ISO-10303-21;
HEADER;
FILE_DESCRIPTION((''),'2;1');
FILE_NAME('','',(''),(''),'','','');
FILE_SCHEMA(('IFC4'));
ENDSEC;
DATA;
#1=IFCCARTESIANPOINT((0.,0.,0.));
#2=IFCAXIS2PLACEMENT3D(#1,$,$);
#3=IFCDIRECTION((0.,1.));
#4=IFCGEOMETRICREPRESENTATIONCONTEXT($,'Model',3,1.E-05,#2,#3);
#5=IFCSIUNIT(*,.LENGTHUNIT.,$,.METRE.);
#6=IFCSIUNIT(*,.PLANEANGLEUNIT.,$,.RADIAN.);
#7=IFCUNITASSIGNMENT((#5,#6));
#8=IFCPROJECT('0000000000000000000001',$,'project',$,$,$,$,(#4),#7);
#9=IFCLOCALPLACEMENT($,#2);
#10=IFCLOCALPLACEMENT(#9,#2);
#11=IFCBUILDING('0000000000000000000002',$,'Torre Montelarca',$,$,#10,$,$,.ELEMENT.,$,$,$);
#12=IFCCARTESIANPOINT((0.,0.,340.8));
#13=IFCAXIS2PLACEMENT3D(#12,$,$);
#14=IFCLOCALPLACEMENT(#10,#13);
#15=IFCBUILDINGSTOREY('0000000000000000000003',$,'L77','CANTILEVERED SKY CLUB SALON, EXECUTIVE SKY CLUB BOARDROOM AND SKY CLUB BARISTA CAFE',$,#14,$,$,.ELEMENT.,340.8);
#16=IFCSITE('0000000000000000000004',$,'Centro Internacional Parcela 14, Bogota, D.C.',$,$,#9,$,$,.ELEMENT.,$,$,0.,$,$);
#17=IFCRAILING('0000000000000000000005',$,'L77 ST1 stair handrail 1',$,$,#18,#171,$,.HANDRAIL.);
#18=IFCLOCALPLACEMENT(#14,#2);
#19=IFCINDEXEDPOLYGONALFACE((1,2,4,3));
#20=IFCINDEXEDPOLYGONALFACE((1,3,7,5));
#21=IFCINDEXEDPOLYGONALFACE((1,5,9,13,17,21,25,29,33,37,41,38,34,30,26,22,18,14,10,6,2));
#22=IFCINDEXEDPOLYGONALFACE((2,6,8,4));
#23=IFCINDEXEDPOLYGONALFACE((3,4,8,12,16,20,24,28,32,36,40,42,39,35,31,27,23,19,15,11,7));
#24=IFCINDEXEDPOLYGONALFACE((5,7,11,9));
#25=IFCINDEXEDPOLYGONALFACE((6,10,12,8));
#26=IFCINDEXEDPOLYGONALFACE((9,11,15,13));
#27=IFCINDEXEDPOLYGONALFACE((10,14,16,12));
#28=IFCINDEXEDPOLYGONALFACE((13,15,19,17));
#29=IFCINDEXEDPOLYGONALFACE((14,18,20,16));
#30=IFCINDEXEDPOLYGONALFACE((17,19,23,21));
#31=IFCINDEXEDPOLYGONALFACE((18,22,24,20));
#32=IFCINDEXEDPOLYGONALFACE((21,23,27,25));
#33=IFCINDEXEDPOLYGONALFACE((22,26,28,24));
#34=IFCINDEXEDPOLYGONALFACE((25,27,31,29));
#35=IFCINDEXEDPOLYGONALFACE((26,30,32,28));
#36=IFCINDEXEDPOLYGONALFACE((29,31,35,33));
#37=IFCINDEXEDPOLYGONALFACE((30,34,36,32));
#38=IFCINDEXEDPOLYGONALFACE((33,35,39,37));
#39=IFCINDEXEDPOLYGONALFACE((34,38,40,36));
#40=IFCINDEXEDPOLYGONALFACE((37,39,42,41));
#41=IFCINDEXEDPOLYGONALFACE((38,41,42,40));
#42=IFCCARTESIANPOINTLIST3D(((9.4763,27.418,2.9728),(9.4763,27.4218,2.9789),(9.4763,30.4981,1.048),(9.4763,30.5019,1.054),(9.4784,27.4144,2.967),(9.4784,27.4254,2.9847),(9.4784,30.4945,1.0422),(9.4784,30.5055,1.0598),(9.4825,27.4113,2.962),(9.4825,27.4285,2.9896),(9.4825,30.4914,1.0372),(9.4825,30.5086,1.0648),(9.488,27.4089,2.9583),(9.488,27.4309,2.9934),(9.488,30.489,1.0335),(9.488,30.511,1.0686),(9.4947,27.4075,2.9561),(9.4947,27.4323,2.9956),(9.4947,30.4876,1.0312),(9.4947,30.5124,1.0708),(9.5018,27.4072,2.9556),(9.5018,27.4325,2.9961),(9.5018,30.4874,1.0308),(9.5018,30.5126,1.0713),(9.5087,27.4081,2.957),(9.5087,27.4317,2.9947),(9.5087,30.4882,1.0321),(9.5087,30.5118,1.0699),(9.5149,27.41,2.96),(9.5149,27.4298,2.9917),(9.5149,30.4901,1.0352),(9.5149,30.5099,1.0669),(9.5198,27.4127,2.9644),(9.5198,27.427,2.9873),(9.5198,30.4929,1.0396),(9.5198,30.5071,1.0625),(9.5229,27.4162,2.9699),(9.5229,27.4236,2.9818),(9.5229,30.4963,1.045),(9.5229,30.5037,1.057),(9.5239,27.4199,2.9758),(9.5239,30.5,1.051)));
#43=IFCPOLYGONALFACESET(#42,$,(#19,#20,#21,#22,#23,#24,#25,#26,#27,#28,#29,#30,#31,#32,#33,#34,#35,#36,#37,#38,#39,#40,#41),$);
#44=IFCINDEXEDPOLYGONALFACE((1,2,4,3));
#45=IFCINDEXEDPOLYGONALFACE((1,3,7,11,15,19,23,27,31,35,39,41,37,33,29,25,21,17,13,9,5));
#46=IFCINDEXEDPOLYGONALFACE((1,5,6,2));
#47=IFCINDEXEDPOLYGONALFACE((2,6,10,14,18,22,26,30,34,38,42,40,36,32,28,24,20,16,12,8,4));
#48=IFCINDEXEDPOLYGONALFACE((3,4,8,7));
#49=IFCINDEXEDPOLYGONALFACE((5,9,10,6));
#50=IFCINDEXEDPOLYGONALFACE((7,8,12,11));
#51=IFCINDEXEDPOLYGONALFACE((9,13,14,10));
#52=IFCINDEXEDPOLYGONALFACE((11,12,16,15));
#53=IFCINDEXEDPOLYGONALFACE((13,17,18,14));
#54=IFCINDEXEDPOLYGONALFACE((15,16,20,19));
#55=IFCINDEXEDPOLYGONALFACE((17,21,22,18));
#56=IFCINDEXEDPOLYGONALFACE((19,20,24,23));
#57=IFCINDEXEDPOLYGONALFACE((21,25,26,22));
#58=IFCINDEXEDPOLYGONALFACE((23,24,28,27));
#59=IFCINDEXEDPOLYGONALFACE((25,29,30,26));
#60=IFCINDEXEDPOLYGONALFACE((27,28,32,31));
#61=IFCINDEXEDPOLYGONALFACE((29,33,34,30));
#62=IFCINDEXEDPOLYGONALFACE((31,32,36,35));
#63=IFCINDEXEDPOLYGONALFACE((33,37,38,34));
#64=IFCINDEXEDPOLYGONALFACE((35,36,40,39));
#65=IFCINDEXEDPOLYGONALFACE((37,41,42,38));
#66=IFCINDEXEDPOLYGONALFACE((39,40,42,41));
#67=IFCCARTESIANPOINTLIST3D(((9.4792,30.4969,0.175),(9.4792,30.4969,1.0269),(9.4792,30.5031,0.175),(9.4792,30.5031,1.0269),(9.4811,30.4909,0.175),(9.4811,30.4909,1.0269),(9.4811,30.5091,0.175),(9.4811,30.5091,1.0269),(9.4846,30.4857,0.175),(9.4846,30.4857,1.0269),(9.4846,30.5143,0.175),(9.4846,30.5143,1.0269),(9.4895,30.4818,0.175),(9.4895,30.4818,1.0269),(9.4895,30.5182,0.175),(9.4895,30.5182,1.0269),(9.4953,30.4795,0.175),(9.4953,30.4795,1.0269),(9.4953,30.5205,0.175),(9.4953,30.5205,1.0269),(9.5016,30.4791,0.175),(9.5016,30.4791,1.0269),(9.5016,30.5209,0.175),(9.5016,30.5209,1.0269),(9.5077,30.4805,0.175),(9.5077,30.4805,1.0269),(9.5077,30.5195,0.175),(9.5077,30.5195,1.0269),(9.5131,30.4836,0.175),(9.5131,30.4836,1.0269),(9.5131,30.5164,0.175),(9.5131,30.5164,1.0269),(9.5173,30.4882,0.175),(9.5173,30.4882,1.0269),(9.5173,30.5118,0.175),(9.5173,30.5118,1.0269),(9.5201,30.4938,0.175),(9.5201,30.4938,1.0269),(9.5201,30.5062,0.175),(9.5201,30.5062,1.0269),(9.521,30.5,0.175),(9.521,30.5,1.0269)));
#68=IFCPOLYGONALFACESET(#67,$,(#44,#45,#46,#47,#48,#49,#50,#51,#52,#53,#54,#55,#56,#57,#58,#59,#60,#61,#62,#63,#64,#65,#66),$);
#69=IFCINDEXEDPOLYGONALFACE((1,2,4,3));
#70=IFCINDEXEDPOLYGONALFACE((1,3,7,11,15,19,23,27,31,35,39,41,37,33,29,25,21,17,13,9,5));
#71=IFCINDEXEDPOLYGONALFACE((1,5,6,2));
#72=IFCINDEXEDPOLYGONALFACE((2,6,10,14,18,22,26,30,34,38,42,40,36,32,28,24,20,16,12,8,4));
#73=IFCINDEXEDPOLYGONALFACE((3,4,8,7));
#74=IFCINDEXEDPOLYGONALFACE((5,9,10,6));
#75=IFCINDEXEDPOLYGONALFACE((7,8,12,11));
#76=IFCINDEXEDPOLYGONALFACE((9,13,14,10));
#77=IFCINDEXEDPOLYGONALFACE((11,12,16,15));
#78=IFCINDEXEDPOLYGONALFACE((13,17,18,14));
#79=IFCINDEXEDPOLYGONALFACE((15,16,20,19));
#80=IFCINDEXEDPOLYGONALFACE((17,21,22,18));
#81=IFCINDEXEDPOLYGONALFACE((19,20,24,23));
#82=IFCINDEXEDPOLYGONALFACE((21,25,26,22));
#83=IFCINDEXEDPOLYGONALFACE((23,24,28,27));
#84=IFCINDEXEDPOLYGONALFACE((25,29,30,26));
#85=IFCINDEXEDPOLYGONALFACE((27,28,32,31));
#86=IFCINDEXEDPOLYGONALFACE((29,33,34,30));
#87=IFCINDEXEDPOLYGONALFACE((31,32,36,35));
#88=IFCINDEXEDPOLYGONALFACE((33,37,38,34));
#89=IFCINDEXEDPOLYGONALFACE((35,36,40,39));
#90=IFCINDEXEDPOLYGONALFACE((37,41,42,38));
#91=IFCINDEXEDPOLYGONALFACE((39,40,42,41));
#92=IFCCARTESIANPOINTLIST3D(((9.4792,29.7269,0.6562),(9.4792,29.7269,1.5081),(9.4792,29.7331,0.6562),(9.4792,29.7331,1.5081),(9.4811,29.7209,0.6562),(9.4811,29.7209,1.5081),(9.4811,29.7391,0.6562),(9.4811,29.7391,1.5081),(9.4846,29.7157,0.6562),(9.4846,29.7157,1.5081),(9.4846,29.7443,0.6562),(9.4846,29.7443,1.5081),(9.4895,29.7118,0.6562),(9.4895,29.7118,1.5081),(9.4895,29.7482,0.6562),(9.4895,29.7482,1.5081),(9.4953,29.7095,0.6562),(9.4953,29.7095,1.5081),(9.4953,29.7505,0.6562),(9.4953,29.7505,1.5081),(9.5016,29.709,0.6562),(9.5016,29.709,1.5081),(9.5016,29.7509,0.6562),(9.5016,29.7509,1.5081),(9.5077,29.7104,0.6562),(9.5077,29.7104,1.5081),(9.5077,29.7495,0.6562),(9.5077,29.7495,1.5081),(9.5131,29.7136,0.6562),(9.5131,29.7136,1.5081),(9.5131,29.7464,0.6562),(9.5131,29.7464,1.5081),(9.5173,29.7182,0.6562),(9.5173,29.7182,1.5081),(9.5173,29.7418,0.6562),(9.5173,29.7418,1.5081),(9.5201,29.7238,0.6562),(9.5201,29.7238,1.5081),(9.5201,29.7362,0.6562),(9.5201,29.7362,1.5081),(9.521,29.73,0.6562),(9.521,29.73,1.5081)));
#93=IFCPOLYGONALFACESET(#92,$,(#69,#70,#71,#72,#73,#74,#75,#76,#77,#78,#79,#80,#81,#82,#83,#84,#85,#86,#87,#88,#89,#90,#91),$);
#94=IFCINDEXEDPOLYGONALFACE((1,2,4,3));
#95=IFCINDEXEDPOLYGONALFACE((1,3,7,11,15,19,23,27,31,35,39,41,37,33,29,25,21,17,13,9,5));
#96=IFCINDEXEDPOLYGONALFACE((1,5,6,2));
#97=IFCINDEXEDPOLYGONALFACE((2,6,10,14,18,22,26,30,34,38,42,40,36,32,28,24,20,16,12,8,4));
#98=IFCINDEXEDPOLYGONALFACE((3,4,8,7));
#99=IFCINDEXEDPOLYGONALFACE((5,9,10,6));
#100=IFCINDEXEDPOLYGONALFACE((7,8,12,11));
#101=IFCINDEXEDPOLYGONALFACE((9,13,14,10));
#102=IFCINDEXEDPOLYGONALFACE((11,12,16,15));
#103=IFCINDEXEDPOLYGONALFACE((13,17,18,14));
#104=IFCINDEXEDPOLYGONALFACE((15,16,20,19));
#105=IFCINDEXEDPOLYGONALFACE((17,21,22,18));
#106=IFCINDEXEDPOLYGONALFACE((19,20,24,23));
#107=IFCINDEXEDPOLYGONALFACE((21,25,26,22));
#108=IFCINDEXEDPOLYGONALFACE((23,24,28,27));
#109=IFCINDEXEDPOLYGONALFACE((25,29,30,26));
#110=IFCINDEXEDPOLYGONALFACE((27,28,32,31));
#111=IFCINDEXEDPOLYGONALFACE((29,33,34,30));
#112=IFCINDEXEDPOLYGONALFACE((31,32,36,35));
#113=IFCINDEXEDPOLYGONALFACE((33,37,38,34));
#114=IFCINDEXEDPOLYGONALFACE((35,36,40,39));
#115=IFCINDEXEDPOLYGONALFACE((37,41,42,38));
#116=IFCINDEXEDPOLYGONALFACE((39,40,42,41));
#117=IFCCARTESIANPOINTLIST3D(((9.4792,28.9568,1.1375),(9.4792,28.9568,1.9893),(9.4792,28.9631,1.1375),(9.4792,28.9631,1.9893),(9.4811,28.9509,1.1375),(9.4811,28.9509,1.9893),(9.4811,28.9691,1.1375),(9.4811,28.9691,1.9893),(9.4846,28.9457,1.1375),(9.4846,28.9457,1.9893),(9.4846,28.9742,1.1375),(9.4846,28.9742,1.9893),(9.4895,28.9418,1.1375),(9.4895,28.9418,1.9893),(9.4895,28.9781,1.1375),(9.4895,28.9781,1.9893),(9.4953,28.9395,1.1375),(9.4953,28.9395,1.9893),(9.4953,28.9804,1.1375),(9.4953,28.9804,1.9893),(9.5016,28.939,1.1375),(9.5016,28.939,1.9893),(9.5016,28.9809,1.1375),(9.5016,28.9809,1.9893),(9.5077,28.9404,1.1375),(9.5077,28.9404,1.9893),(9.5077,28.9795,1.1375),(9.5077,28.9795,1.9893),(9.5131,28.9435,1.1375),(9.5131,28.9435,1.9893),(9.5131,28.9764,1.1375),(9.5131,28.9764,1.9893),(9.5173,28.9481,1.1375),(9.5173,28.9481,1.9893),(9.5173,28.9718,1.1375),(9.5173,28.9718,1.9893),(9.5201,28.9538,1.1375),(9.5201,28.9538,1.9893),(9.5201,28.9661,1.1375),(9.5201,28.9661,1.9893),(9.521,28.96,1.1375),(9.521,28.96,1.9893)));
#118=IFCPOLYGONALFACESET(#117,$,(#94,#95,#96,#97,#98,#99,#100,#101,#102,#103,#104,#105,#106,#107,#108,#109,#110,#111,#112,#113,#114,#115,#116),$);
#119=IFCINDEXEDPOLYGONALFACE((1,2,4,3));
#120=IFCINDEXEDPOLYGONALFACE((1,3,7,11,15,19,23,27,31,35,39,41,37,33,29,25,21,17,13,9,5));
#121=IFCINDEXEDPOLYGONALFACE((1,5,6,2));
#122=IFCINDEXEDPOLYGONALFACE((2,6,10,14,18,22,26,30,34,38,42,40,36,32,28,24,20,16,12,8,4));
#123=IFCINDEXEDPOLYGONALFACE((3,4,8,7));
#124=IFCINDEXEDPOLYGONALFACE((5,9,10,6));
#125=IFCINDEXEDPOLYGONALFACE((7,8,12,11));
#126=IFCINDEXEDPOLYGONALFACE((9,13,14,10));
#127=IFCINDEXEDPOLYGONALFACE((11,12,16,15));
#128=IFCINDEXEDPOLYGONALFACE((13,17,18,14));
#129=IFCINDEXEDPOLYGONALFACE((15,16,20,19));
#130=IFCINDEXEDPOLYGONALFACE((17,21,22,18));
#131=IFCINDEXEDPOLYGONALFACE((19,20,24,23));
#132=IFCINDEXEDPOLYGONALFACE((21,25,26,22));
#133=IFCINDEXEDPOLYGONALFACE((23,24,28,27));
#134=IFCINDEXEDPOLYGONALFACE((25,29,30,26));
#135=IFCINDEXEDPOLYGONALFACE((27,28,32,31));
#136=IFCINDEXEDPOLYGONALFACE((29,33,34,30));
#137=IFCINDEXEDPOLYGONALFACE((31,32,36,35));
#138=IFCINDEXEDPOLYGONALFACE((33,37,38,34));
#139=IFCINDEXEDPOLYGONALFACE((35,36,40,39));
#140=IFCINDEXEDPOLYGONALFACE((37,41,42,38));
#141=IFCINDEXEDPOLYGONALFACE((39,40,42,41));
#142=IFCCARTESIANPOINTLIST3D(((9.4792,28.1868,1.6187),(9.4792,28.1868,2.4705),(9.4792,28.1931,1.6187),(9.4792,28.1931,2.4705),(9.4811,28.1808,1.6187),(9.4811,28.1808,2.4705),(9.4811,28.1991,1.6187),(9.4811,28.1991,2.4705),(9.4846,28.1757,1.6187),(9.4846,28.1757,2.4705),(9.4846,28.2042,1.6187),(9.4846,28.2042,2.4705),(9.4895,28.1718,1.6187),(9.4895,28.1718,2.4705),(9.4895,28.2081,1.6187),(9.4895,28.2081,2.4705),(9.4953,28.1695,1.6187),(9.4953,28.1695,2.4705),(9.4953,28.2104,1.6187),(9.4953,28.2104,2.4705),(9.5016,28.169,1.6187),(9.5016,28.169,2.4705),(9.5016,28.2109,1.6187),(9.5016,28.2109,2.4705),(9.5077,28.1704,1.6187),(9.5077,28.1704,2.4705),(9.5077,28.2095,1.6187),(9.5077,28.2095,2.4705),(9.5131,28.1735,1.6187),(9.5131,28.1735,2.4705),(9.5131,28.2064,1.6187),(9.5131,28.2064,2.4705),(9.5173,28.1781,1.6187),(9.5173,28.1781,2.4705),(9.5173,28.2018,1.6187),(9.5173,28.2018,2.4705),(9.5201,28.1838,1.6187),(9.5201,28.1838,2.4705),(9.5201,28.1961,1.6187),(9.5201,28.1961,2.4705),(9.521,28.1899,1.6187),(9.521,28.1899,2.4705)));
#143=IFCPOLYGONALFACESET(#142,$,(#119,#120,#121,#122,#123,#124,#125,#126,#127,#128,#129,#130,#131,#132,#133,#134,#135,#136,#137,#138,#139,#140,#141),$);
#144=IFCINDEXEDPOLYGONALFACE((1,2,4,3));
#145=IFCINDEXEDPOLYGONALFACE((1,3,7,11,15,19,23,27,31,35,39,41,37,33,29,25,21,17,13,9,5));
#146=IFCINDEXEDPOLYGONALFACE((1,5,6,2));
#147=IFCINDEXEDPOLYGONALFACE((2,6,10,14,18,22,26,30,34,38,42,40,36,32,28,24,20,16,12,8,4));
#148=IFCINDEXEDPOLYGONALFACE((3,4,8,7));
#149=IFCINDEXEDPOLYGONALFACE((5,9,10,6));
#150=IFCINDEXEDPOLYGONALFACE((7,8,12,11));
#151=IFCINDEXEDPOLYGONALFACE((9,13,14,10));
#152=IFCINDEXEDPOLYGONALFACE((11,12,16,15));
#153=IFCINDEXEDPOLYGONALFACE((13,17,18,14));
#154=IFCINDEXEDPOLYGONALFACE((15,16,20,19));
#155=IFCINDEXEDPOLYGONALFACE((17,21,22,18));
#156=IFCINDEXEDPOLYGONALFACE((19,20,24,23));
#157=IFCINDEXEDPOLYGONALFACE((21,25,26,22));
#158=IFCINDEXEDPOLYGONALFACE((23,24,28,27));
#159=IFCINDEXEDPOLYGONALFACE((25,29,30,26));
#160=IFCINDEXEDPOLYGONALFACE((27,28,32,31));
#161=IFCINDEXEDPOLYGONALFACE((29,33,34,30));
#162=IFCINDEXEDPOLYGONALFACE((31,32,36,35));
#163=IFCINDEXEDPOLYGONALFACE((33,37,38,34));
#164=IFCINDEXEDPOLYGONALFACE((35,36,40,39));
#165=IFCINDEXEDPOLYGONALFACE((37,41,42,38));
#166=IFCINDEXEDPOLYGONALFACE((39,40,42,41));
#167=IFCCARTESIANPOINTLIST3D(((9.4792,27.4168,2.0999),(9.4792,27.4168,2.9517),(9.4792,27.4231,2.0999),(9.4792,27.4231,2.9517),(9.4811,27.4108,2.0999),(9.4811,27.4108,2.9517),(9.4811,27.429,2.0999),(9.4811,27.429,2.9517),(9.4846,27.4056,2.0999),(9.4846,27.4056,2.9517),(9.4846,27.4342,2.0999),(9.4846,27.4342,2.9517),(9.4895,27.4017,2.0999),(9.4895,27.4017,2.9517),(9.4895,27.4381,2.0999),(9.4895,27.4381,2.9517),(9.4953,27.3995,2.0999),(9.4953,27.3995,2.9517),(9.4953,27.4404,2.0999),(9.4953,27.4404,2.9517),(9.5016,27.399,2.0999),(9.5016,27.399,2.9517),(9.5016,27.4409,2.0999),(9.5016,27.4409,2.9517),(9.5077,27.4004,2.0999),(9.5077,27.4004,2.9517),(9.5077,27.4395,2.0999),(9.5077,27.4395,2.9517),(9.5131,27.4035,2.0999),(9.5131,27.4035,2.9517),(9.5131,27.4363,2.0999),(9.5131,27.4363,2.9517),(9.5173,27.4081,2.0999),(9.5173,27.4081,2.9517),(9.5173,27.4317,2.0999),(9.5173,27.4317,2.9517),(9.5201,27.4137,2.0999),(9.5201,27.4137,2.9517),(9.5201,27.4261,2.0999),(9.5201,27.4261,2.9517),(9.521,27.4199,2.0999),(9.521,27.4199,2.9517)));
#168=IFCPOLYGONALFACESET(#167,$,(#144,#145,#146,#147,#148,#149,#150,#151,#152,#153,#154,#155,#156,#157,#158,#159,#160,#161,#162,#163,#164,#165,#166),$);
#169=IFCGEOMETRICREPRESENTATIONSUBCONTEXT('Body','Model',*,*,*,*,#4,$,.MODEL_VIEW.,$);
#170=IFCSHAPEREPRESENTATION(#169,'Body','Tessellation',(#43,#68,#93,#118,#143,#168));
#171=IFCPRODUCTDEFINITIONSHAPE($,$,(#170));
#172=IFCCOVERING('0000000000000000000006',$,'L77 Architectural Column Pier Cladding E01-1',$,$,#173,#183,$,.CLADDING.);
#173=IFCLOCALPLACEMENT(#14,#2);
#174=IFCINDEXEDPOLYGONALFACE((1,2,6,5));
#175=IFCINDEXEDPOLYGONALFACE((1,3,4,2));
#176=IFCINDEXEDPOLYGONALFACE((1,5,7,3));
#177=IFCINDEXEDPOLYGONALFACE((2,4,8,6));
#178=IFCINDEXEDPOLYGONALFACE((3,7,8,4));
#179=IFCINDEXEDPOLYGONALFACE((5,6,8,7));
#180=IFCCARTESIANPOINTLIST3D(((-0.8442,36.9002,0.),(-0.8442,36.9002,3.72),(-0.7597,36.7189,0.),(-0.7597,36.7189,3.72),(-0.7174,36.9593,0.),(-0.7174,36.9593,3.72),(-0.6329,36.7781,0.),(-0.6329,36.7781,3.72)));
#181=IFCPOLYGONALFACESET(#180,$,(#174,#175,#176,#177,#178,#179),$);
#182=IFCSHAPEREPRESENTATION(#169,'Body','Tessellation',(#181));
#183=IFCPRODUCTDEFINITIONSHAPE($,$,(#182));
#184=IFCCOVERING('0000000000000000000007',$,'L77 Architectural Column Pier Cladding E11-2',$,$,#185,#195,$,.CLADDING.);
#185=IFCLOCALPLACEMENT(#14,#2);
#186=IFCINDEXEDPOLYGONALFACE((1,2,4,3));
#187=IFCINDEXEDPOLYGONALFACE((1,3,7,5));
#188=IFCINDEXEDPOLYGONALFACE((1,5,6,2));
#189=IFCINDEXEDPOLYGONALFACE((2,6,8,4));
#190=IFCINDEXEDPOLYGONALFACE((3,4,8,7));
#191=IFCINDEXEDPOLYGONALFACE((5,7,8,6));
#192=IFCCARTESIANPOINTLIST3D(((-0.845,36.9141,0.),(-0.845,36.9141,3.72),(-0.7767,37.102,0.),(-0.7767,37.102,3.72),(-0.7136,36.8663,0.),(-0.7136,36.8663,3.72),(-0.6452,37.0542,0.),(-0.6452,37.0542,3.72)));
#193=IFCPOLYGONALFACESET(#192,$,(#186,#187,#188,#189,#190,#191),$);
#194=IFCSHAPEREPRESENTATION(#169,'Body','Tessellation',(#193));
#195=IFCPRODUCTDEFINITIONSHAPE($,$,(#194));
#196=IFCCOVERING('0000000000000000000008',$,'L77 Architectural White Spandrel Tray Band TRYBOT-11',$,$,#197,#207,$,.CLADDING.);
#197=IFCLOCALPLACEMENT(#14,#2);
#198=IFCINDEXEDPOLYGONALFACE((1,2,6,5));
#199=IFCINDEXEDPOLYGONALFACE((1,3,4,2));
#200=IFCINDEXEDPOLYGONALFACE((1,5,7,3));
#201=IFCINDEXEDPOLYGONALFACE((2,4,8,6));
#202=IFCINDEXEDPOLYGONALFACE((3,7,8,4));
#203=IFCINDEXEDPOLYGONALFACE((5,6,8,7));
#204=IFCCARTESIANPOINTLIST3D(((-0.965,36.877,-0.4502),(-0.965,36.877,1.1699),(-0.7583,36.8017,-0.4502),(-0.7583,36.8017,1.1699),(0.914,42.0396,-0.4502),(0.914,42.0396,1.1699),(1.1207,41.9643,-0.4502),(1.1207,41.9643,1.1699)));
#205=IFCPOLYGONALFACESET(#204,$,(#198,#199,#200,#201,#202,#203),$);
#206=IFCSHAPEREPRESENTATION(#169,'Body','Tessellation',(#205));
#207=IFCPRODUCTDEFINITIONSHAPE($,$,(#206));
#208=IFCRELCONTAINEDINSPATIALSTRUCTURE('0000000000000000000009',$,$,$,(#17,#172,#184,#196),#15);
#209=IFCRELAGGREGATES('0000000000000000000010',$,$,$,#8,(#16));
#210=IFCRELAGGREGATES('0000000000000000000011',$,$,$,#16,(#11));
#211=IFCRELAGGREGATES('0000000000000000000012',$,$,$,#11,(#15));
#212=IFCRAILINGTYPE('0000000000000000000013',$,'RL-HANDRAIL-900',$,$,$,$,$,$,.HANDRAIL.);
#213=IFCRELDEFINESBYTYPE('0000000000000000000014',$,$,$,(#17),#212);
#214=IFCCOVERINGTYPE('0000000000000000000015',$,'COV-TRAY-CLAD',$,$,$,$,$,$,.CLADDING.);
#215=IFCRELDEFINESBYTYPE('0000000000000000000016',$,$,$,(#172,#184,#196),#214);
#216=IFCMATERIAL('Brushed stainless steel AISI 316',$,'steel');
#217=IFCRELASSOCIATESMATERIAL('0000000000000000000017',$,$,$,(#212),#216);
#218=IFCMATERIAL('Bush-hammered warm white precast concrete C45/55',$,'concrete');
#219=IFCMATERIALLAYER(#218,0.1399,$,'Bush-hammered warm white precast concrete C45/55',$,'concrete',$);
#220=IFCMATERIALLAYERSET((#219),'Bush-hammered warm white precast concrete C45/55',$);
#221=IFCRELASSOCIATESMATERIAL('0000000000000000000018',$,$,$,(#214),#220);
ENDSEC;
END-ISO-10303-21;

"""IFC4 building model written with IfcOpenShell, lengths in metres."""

from ifc_helpers import new_model, si_unit, direction, frame, origin, origin_2d, place, context, subcontext, project, spatial, rectangle, circle, extrude, source, transform, mapped, material, layer, layer_set, type_object, element, save


model = new_model("IFC4")

# Units and contexts
model_context = context("Model", 3, precision=1e-05, world=origin(), true_north=direction((0.0, 1.0)))
body_context = subcontext(model_context, "Body", "Model", "MODEL_VIEW")
ifc_project = project(units=[si_unit("LENGTHUNIT", "METRE"), si_unit("PLANEANGLEUNIT", "RADIAN")], contexts=[model_context])

# Site, building, storey
site_placement = place(None, origin())
site = spatial("IfcSite", under=ifc_project, at=site_placement, Name="Centro Internacional Parcela 14, Bogota, D.C.", CompositionType="ELEMENT", RefElevation=0.0)
building_placement = place(site_placement, origin())
building = spatial("IfcBuilding", under=site, at=building_placement, Name="Torre Montelarca", CompositionType="ELEMENT")
storey_placement = place(building_placement, frame((0.0, 0.0, 340.8)))
storey = spatial("IfcBuildingStorey", under=building, at=storey_placement, Name="L77", Description="CANTILEVERED SKY CLUB SALON, EXECUTIVE SKY CLUB BOARDROOM AND SKY CLUB BARISTA CAFE", CompositionType="ELEMENT", Elevation=340.8)

# Shared definitions
ifc_material_1 = material(Name="Brushed stainless steel AISI 316", Category="steel")

# Railing
railing_type_1 = type_object("IfcRailingType", Name="RL-HANDRAIL-900", PredefinedType="HANDRAIL", material=ifc_material_1)
railing_1_placement = place(storey_placement, frame((9.5, 30.5, 0.175)))
element("IfcRailing", 1, at=railing_1_placement, inside=storey, type_object=railing_type_1, Name="L77 ST1 stair handrail 1", PredefinedType="HANDRAIL", context=body_context, shape_type="SweptSolid", body=[
    extrude(circle(Radius=0.0239, at=origin_2d()), frame((0.0, 0.0, 0.876), z_axis=(0.0, -0.848029, 0.529951), x_axis=(1.0, 0.0, 0.0)), (0.0, 0.0, 1.0), 3.6321),
    extrude(circle(Radius=0.021, at=origin_2d()), origin(), (0.0, 0.0, 1.0), 0.8518),
    extrude(circle(Radius=0.021, at=origin_2d()), frame((0.0, -0.77, 0.4812)), (0.0, 0.0, 1.0), 0.8518),
    extrude(circle(Radius=0.021, at=origin_2d()), frame((0.0, -1.54, 0.9624)), (0.0, 0.0, 1.0), 0.8518),
    extrude(circle(Radius=0.021, at=origin_2d()), frame((0.0, -2.3101, 1.4436)), (0.0, 0.0, 1.0), 0.8518),
    extrude(circle(Radius=0.021, at=origin_2d()), frame((0.0, -3.0801, 1.9248)), (0.0, 0.0, 1.0), 0.8518),
])

# Coverings
ifc_material_2 = material(Name="Bush-hammered warm white precast concrete C45/55", Category="concrete")
ifc_layer_1 = layer(ifc_material_2, 0.1399, Name="Bush-hammered warm white precast concrete C45/55", Category="concrete")
ifc_layer_set_1 = layer_set([ifc_layer_1], Name="Bush-hammered warm white precast concrete C45/55")
covering_type = type_object("IfcCoveringType", Name="COV-TRAY-CLAD", PredefinedType="CLADDING", material=ifc_layer_set_1)
shared_shape_1 = source(origin(), body_context, "Body", "SweptSolid", [
    extrude(rectangle(XDim=0.2, YDim=0.1399, at=origin_2d()), origin(), (0.0, 0.0, 1.0), 3.72),
])
for number, where, z_axis, x_axis, name in (
    (2, (-0.7385, 36.8391, 0.0), (0.0, 0.0, 1.0), (0.422617, -0.906309, 0.0), "L77 Architectural Column Pier Cladding E01-1"),
    (3, (-0.7451, 36.9841, 0.0), (0.0, 0.0, 1.0), (-0.34201, -0.939696, 0.0), "L77 Architectural Column Pier Cladding E11-2"),
):
    element("IfcCovering", number, at=place(storey_placement, frame(where, z_axis=z_axis, x_axis=x_axis)), inside=storey, type_object=covering_type, Name=name, PredefinedType="CLADDING", context=body_context, shape_type="MappedRepresentation", body=[
        mapped(shared_shape_1, transform((0.0, 0.0, 0.0), scale=1.0)),
    ])
shared_shape_2 = source(origin(), body_context, "Body", "SweptSolid", [
    extrude(rectangle(XDim=5.4939, YDim=0.22, at=origin_2d()), origin(), (0.0, 0.0, 1.0), 1.6201),
])
covering_placement = place(storey_placement, frame((0.0779, 39.4207, -0.4502), z_axis=(0.0, 0.0, 1.0), x_axis=(-0.342019, -0.939693, 0.0)))
element("IfcCovering", 4, at=covering_placement, inside=storey, type_object=covering_type, Name="L77 Architectural White Spandrel Tray Band TRYBOT-11", PredefinedType="CLADDING", context=body_context, shape_type="MappedRepresentation", body=[
    mapped(shared_shape_2, transform((0.0, 0.0, 0.0), scale=1.0)),
])

save(model, "model.ifc")
